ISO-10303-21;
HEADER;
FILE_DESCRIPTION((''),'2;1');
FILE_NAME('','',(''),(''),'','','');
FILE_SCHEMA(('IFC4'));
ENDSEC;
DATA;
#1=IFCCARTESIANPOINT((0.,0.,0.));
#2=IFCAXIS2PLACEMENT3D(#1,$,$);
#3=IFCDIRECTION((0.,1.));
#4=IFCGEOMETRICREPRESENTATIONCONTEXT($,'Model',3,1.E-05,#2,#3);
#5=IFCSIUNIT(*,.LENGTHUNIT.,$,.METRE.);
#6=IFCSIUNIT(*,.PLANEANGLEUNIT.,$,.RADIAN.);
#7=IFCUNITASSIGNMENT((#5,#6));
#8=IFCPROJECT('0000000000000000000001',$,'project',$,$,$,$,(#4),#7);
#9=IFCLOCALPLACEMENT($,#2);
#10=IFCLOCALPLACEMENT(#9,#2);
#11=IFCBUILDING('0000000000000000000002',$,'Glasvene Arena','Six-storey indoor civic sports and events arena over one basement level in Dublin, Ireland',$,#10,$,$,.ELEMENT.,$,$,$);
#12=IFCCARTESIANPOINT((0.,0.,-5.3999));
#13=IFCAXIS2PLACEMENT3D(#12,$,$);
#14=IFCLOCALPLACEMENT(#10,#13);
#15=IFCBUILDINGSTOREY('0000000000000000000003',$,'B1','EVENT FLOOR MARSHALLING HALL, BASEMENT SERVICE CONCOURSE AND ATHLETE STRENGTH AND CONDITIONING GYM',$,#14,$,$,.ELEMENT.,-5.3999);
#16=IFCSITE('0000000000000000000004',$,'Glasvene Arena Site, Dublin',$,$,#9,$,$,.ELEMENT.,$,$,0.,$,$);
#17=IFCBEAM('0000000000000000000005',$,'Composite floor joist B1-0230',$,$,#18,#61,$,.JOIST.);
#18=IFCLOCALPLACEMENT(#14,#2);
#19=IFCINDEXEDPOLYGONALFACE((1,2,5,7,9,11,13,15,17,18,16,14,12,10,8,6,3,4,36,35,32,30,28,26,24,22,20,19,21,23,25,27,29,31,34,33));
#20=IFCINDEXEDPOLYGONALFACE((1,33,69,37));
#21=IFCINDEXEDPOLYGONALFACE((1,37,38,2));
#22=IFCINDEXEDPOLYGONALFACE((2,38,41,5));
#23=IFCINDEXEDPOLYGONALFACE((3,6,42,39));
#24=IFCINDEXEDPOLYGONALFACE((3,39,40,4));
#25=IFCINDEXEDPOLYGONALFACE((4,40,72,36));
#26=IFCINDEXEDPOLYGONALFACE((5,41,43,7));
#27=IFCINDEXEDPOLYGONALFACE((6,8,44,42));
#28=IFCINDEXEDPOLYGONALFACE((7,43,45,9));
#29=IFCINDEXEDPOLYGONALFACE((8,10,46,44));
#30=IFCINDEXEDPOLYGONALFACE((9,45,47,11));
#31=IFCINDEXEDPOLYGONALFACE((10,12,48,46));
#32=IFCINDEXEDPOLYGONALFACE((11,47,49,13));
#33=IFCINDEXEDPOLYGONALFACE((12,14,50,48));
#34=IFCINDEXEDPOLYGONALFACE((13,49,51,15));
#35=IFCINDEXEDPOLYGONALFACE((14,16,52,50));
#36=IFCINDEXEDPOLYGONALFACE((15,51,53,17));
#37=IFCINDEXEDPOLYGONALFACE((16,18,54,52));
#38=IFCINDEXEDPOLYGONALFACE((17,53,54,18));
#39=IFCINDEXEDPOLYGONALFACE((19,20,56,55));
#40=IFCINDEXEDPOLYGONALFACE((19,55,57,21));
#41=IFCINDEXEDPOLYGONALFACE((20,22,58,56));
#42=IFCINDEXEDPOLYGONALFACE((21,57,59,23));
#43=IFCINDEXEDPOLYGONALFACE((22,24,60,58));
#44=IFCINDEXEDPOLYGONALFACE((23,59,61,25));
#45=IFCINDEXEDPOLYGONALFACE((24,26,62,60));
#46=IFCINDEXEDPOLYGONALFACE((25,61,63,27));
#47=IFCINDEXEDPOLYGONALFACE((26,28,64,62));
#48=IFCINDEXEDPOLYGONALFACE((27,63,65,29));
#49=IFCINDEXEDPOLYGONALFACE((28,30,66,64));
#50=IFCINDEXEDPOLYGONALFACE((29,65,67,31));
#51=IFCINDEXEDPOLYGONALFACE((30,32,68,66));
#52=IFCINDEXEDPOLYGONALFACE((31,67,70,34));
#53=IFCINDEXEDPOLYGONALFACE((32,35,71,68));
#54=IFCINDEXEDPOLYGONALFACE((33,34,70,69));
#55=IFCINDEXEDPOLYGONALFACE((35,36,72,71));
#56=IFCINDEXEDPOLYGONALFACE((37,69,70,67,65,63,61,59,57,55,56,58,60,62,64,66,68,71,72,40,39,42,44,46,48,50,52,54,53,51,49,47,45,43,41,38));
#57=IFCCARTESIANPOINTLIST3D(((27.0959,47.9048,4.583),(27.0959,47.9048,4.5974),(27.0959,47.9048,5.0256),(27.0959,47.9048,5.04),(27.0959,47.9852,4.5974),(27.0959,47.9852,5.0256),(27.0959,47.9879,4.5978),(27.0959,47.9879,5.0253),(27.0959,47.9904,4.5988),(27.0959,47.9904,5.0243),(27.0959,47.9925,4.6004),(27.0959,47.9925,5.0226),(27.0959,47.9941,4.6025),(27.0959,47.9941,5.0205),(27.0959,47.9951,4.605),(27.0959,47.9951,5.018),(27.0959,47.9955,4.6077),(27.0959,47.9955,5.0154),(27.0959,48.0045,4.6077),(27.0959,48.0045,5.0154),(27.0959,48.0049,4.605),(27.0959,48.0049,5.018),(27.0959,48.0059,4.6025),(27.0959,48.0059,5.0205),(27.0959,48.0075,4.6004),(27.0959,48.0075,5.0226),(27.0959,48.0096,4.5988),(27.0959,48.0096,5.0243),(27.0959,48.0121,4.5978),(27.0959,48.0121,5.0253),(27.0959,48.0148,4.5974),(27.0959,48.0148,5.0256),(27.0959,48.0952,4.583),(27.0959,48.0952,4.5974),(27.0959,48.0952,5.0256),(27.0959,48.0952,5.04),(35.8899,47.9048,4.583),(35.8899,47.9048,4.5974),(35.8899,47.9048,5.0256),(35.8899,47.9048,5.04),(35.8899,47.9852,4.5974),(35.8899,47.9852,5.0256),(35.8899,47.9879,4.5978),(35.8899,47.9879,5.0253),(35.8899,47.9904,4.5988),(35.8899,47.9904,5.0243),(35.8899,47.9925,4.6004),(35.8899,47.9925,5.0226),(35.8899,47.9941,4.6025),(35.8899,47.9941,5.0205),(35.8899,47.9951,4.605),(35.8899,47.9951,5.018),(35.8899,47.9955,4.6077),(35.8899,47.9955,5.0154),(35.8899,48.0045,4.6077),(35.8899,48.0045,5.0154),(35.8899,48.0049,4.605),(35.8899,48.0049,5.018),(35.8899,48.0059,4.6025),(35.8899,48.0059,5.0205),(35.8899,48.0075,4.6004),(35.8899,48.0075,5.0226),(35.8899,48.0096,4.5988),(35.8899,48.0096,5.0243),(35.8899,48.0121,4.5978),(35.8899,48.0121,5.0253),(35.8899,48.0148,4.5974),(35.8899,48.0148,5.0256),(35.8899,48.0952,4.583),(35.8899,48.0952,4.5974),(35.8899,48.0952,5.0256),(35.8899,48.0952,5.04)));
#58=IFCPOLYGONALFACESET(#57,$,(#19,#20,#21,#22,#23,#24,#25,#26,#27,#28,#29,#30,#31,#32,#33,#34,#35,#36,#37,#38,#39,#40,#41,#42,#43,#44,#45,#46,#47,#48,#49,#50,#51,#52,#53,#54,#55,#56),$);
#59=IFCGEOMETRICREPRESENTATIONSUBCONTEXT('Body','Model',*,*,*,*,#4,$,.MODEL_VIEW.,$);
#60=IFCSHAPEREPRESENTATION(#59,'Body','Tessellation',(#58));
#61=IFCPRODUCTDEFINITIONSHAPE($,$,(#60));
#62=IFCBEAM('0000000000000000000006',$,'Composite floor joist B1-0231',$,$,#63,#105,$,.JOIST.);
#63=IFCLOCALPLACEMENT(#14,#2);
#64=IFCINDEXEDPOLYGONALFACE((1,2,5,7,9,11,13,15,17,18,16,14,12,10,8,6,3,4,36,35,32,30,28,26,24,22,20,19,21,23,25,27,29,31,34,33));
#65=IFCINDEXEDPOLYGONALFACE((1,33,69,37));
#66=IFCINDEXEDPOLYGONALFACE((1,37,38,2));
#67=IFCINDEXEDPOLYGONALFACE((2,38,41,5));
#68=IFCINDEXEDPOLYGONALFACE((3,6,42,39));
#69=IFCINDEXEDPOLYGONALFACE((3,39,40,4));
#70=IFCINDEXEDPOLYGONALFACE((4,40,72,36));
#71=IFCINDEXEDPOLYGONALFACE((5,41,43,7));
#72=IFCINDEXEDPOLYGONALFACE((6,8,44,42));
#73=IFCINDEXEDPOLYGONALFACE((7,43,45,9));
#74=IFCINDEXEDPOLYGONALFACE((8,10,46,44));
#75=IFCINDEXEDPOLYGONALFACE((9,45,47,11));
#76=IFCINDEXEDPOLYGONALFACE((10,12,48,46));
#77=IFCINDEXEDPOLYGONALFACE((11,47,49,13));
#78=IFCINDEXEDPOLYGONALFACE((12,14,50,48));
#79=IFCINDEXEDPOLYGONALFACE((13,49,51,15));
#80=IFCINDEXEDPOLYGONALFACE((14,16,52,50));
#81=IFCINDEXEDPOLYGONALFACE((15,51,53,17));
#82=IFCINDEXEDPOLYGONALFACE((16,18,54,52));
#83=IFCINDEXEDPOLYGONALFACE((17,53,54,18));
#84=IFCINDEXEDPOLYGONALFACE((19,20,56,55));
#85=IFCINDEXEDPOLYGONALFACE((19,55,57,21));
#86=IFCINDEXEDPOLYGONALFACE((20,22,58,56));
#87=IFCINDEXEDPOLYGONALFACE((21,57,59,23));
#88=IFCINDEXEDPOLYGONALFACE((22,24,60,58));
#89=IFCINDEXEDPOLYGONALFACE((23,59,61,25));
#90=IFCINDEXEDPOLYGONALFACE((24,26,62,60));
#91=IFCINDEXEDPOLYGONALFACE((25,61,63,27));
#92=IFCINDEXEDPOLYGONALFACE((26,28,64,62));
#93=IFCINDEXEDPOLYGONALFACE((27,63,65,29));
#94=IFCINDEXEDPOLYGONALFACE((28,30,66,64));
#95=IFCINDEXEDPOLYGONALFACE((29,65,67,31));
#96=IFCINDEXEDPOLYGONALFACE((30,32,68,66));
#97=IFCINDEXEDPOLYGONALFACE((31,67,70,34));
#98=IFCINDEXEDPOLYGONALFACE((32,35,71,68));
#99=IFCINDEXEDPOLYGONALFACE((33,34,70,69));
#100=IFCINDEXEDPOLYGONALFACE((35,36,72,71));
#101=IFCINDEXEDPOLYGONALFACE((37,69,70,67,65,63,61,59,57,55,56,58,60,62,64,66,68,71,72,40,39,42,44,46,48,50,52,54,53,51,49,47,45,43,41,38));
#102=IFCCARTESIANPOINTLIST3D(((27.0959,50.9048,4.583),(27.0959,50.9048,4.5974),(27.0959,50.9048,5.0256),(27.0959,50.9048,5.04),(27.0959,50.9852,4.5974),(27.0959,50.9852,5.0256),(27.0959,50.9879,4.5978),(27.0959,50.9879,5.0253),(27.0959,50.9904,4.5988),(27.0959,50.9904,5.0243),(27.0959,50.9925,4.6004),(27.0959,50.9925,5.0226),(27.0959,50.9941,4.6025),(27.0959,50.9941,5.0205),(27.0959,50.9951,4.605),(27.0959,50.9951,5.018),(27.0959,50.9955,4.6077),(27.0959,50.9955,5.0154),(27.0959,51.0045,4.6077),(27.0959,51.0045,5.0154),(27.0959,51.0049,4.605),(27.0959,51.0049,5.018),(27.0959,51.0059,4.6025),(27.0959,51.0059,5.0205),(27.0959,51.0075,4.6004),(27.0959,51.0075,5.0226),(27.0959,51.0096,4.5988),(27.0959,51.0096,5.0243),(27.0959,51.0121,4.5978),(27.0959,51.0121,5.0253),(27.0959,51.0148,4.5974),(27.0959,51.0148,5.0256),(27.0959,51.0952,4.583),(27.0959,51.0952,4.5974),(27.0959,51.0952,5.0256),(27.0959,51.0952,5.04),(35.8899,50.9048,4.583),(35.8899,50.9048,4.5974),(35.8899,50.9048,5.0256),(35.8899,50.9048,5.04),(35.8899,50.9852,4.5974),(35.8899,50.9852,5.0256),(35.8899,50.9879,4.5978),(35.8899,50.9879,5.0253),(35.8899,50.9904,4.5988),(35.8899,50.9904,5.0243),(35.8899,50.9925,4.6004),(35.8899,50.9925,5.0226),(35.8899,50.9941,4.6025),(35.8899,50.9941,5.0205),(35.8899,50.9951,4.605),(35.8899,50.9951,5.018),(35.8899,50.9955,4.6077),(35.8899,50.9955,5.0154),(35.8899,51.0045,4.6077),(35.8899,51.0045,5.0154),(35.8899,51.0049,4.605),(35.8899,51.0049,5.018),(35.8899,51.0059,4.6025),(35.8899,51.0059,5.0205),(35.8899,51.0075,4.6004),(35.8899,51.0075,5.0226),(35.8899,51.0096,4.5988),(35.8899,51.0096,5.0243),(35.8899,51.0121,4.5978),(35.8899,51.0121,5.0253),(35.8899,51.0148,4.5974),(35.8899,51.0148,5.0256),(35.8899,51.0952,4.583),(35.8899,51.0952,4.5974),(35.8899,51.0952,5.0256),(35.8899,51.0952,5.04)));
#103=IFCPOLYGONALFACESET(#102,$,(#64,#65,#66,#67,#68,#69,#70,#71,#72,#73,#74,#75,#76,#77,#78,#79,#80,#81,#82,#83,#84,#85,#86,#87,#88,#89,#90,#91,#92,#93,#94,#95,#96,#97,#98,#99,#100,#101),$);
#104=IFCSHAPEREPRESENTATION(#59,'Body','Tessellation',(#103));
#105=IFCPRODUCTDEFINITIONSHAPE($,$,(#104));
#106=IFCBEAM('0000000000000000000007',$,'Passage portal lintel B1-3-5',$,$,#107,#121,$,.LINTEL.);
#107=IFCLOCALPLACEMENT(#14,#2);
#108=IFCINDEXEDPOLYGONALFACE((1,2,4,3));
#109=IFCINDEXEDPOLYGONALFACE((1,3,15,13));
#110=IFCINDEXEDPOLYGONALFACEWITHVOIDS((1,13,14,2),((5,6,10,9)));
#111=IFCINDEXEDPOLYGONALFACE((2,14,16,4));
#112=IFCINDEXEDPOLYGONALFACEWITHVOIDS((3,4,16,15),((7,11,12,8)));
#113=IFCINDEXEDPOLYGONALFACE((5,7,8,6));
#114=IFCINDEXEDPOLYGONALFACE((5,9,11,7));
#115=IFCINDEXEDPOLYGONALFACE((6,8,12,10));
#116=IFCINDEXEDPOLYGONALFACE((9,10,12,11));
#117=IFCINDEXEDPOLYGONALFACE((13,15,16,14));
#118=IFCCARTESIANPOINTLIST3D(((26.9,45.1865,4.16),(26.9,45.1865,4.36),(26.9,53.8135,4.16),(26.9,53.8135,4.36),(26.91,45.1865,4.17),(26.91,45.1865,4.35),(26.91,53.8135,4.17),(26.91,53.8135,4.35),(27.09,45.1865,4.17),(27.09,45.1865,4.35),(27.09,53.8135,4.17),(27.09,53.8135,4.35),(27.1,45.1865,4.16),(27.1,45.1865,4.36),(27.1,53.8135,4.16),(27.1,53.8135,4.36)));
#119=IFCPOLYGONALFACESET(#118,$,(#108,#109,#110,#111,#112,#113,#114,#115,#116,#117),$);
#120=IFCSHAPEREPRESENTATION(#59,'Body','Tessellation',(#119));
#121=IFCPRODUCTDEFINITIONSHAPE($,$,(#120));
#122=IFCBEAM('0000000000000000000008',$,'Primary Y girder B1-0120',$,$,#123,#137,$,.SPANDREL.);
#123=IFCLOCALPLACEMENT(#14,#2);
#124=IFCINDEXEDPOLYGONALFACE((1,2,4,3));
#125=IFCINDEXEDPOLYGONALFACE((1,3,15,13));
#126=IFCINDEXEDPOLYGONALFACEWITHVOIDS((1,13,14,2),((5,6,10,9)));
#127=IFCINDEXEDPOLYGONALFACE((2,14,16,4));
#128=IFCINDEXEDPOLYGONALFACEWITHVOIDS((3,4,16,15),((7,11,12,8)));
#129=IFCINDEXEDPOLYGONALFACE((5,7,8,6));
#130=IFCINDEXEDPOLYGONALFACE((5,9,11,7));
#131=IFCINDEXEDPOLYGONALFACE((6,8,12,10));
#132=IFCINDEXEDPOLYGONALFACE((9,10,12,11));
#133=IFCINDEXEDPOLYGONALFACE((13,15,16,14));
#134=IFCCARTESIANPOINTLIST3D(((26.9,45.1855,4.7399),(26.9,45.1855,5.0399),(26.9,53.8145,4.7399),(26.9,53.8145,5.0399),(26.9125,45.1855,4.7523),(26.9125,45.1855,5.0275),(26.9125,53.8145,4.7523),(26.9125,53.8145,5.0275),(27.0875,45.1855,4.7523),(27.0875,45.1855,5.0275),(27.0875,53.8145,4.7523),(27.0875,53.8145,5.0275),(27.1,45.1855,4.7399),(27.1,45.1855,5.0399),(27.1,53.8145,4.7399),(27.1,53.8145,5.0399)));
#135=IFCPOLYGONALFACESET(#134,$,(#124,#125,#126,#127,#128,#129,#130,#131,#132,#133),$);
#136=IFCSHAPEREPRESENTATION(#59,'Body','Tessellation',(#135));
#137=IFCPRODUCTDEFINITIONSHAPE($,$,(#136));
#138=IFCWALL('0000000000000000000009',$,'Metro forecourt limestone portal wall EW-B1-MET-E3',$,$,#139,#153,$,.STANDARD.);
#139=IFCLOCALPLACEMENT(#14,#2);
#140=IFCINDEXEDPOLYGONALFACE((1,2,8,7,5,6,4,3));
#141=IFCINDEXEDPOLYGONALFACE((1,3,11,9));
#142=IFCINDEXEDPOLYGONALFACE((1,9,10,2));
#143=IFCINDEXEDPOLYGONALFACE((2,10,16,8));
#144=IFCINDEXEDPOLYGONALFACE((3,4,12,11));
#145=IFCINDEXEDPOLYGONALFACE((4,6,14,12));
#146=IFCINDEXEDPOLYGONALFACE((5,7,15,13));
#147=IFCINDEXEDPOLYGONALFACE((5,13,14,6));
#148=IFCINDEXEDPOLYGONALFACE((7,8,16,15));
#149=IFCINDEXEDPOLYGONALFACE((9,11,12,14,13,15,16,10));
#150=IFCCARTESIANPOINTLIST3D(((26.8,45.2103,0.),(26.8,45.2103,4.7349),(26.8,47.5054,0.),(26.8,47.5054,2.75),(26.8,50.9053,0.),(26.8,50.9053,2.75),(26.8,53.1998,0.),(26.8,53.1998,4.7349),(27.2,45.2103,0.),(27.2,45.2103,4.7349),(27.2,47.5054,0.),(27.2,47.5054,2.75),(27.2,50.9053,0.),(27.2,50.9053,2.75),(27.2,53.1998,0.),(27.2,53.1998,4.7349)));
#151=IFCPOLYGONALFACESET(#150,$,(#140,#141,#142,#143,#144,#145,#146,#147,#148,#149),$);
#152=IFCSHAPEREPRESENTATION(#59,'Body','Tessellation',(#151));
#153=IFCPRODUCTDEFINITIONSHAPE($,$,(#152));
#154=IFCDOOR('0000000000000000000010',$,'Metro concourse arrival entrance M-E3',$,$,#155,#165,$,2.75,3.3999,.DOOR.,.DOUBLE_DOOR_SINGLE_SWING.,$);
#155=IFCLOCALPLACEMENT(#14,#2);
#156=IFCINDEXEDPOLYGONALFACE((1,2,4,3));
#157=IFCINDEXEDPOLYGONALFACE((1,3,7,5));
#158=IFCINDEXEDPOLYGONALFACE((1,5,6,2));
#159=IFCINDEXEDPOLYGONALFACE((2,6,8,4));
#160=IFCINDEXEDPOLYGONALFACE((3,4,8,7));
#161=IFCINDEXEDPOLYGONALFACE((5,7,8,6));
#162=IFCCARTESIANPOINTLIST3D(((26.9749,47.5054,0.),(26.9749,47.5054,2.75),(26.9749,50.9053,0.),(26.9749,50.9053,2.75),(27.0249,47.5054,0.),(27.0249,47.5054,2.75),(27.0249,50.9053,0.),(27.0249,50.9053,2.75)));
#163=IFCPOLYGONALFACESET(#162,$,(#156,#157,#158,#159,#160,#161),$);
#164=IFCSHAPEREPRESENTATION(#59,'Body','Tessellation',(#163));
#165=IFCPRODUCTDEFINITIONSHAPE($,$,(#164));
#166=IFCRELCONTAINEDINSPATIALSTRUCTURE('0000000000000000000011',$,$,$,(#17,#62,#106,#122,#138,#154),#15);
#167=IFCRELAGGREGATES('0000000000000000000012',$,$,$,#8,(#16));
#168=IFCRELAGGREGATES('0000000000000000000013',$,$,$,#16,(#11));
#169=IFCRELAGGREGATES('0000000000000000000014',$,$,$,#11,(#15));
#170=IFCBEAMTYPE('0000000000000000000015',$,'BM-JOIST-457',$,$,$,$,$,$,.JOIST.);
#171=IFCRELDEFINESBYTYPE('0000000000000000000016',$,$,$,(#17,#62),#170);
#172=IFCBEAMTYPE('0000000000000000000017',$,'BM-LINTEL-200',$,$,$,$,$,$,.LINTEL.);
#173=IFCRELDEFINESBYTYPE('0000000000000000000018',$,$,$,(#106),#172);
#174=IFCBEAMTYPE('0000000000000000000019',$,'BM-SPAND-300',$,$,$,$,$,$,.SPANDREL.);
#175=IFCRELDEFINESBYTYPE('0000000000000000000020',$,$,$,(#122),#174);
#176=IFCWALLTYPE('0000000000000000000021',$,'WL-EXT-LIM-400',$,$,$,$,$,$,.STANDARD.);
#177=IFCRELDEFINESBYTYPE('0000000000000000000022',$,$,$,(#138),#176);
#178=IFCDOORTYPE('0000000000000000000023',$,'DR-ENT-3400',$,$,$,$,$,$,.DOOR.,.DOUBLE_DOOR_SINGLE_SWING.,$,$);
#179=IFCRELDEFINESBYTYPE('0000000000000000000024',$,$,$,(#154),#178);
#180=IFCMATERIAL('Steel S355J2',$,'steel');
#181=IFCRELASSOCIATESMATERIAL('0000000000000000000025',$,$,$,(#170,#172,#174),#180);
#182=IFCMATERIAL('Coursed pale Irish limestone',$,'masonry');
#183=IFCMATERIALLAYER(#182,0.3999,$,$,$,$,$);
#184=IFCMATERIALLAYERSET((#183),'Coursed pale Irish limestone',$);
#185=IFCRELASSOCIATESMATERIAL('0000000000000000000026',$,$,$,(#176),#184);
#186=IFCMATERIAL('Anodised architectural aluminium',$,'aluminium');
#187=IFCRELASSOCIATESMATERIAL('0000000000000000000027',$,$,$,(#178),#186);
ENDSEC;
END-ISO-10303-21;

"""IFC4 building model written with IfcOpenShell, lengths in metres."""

from ifc_helpers import new_model, si_unit, direction, frame, frame_2d, origin, origin_2d, place, context, subcontext, project, spatial, rectangle, hollow_rectangle, i_section, extrude, material, layer, layer_set, material_profile, profile_set, type_object, element, fill, save


model = new_model("IFC4")

# Units and contexts
model_context = context("Model", 3, precision=1e-05, world=origin(), true_north=direction((0.0, 1.0)))
body_context = subcontext(model_context, "Body", "Model", "MODEL_VIEW")
ifc_project = project(units=[si_unit("LENGTHUNIT", "METRE"), si_unit("PLANEANGLEUNIT", "RADIAN")], contexts=[model_context])

# Site, building, storey
site_placement = place(None, origin())
site = spatial("IfcSite", under=ifc_project, at=site_placement, Name="Glasvene Arena Site, Dublin", CompositionType="ELEMENT", RefElevation=0.0)
building_placement = place(site_placement, origin())
building = spatial("IfcBuilding", under=site, at=building_placement, Name="Glasvene Arena", Description="Six-storey indoor civic sports and events arena over one basement level in Dublin, Ireland", CompositionType="ELEMENT")
storey_placement = place(building_placement, frame((0.0, 0.0, -5.3999)))
storey = spatial("IfcBuildingStorey", under=building, at=storey_placement, Name="B1", Description="EVENT FLOOR MARSHALLING HALL, BASEMENT SERVICE CONCOURSE AND ATHLETE STRENGTH AND CONDITIONING GYM", CompositionType="ELEMENT", Elevation=-5.3999)

# Shared definitions
ifc_material_1 = material(Name="Steel S355J2", Category="steel")

# Beams
ifc_material_profile_1 = material_profile(ifc_material_1, i_section(OverallWidth=0.1904, OverallDepth=0.457, WebThickness=0.009, FlangeThickness=0.0144, FilletRadius=0.0103, at=origin_2d()), Name="UKB 457x191x74")
ifc_profile_set_1 = profile_set([ifc_material_profile_1], Name="Steel S355J2")
beam_type_1 = type_object("IfcBeamType", Name="BM-JOIST-457", PredefinedType="JOIST", material=ifc_profile_set_1)
for number, where, z_axis, x_axis, name in (
    (1, (27.0959, 48.0, 4.8115), (1.0, 0.0, 0.0), (0.0, 1.0, 0.0), "Composite floor joist B1-0230"),
    (2, (27.0959, 51.0, 4.8115), (1.0, 0.0, 0.0), (0.0, 1.0, 0.0), "Composite floor joist B1-0231"),
):
    element("IfcBeam", number, at=place(storey_placement, frame(where, z_axis=z_axis, x_axis=x_axis)), inside=storey, type_object=beam_type_1, Name=name, PredefinedType="JOIST", context=body_context, shape_type="SweptSolid", body=[
        extrude(i_section(OverallWidth=0.1904, OverallDepth=0.457, WebThickness=0.009, FlangeThickness=0.0144, FilletRadius=0.0103, at=origin_2d()), origin(), (0.0, 0.0, 1.0), 8.7939),
    ])
ifc_material_profile_2 = material_profile(ifc_material_1, hollow_rectangle(XDim=0.2, YDim=0.2, WallThickness=0.01, at=origin_2d()), Name="SHS 200x200x10.0")
ifc_profile_set_2 = profile_set([ifc_material_profile_2], Name="Steel S355J2")
beam_type_2 = type_object("IfcBeamType", Name="BM-LINTEL-200", PredefinedType="LINTEL", material=ifc_profile_set_2)
beam_1_placement = place(storey_placement, frame((27.0, 45.1865, 4.26), z_axis=(0.0, 1.0, 0.0), x_axis=(-1.0, 0.0, 0.0)))
element("IfcBeam", 3, at=beam_1_placement, inside=storey, type_object=beam_type_2, Name="Passage portal lintel B1-3-5", PredefinedType="LINTEL", context=body_context, shape_type="SweptSolid", body=[
    extrude(hollow_rectangle(XDim=0.2, YDim=0.2, WallThickness=0.01, at=origin_2d()), origin(), (0.0, 0.0, 1.0), 8.627),
])
ifc_material_profile_3 = material_profile(ifc_material_1, hollow_rectangle(XDim=0.2, YDim=0.3, WallThickness=0.0125, at=origin_2d()), Name="RHS 300x200x12.5")
ifc_profile_set_3 = profile_set([ifc_material_profile_3], Name="Steel S355J2")
beam_type_3 = type_object("IfcBeamType", Name="BM-SPAND-300", PredefinedType="SPANDREL", material=ifc_profile_set_3)
beam_2_placement = place(storey_placement, frame((27.0, 45.1855, 4.8899), z_axis=(0.0, 1.0, 0.0), x_axis=(-1.0, 0.0, 0.0)))
element("IfcBeam", 4, at=beam_2_placement, inside=storey, type_object=beam_type_3, Name="Primary Y girder B1-0120", PredefinedType="SPANDREL", context=body_context, shape_type="SweptSolid", body=[
    extrude(hollow_rectangle(XDim=0.2, YDim=0.3, WallThickness=0.0125, at=origin_2d()), origin(), (0.0, 0.0, 1.0), 8.6289),
])

# Wall, opening, door
ifc_material_2 = material(Name="Coursed pale Irish limestone", Category="masonry")
ifc_layer = layer(ifc_material_2, 0.3999)
ifc_layer_set = layer_set([ifc_layer], Name="Coursed pale Irish limestone")
wall_type = type_object("IfcWallType", Name="WL-EXT-LIM-400", PredefinedType="STANDARD", material=ifc_layer_set)
wall_placement = place(storey_placement, frame((27.0, 45.2104, 0.0), z_axis=(0.0, 0.0, 1.0), x_axis=(0.0, 1.0, 0.0)))
wall = element("IfcWall", 5, at=wall_placement, inside=storey, type_object=wall_type, Name="Metro forecourt limestone portal wall EW-B1-MET-E3", PredefinedType="STANDARD", context=body_context, shape_type="SweptSolid", body=[
    extrude(rectangle(XDim=7.9895, YDim=0.3999, at=frame_2d((3.9946, 0.0))), origin(), (0.0, 0.0, 1.0), 4.7349),
])
opening_placement = place(wall_placement, frame((2.2949, 0.0, 0.0)))
opening = element("IfcOpeningElement", 6, at=opening_placement, cuts=wall, PredefinedType="OPENING", context=body_context, shape_type="SweptSolid", body=[
    extrude(rectangle(XDim=3.3999, YDim=2.75, at=frame_2d((1.7, 1.375))), frame((0.0, 0.21, 0.0), z_axis=(0.0, -1.0, 0.0), x_axis=(1.0, 0.0, 0.0)), (0.0, 0.0, 1.0), 0.4199),
])
ifc_material_3 = material(Name="Anodised architectural aluminium", Category="aluminium")
door_type = type_object("IfcDoorType", Name="DR-ENT-3400", OperationType="DOUBLE_DOOR_SINGLE_SWING", PredefinedType="DOOR", material=ifc_material_3)
door_placement = place(opening_placement, frame((3.3999, 0.0, 0.0), z_axis=(0.0, 0.0, 1.0), x_axis=(-1.0, 0.0, 0.0)))
door = element("IfcDoor", 7, at=door_placement, inside=storey, type_object=door_type, Name="Metro concourse arrival entrance M-E3", OperationType="DOUBLE_DOOR_SINGLE_SWING", OverallHeight=2.75, OverallWidth=3.3999, PredefinedType="DOOR", context=body_context, shape_type="SweptSolid", body=[
    extrude(rectangle(XDim=3.3999, YDim=2.75, at=frame_2d((1.7, 1.375))), frame((0.0, 0.0249, 0.0), z_axis=(0.0, -1.0, 0.0), x_axis=(1.0, 0.0, 0.0)), (0.0, 0.0, 1.0), 0.05),
])
fill(opening, door)

save(model, "model.ifc")
